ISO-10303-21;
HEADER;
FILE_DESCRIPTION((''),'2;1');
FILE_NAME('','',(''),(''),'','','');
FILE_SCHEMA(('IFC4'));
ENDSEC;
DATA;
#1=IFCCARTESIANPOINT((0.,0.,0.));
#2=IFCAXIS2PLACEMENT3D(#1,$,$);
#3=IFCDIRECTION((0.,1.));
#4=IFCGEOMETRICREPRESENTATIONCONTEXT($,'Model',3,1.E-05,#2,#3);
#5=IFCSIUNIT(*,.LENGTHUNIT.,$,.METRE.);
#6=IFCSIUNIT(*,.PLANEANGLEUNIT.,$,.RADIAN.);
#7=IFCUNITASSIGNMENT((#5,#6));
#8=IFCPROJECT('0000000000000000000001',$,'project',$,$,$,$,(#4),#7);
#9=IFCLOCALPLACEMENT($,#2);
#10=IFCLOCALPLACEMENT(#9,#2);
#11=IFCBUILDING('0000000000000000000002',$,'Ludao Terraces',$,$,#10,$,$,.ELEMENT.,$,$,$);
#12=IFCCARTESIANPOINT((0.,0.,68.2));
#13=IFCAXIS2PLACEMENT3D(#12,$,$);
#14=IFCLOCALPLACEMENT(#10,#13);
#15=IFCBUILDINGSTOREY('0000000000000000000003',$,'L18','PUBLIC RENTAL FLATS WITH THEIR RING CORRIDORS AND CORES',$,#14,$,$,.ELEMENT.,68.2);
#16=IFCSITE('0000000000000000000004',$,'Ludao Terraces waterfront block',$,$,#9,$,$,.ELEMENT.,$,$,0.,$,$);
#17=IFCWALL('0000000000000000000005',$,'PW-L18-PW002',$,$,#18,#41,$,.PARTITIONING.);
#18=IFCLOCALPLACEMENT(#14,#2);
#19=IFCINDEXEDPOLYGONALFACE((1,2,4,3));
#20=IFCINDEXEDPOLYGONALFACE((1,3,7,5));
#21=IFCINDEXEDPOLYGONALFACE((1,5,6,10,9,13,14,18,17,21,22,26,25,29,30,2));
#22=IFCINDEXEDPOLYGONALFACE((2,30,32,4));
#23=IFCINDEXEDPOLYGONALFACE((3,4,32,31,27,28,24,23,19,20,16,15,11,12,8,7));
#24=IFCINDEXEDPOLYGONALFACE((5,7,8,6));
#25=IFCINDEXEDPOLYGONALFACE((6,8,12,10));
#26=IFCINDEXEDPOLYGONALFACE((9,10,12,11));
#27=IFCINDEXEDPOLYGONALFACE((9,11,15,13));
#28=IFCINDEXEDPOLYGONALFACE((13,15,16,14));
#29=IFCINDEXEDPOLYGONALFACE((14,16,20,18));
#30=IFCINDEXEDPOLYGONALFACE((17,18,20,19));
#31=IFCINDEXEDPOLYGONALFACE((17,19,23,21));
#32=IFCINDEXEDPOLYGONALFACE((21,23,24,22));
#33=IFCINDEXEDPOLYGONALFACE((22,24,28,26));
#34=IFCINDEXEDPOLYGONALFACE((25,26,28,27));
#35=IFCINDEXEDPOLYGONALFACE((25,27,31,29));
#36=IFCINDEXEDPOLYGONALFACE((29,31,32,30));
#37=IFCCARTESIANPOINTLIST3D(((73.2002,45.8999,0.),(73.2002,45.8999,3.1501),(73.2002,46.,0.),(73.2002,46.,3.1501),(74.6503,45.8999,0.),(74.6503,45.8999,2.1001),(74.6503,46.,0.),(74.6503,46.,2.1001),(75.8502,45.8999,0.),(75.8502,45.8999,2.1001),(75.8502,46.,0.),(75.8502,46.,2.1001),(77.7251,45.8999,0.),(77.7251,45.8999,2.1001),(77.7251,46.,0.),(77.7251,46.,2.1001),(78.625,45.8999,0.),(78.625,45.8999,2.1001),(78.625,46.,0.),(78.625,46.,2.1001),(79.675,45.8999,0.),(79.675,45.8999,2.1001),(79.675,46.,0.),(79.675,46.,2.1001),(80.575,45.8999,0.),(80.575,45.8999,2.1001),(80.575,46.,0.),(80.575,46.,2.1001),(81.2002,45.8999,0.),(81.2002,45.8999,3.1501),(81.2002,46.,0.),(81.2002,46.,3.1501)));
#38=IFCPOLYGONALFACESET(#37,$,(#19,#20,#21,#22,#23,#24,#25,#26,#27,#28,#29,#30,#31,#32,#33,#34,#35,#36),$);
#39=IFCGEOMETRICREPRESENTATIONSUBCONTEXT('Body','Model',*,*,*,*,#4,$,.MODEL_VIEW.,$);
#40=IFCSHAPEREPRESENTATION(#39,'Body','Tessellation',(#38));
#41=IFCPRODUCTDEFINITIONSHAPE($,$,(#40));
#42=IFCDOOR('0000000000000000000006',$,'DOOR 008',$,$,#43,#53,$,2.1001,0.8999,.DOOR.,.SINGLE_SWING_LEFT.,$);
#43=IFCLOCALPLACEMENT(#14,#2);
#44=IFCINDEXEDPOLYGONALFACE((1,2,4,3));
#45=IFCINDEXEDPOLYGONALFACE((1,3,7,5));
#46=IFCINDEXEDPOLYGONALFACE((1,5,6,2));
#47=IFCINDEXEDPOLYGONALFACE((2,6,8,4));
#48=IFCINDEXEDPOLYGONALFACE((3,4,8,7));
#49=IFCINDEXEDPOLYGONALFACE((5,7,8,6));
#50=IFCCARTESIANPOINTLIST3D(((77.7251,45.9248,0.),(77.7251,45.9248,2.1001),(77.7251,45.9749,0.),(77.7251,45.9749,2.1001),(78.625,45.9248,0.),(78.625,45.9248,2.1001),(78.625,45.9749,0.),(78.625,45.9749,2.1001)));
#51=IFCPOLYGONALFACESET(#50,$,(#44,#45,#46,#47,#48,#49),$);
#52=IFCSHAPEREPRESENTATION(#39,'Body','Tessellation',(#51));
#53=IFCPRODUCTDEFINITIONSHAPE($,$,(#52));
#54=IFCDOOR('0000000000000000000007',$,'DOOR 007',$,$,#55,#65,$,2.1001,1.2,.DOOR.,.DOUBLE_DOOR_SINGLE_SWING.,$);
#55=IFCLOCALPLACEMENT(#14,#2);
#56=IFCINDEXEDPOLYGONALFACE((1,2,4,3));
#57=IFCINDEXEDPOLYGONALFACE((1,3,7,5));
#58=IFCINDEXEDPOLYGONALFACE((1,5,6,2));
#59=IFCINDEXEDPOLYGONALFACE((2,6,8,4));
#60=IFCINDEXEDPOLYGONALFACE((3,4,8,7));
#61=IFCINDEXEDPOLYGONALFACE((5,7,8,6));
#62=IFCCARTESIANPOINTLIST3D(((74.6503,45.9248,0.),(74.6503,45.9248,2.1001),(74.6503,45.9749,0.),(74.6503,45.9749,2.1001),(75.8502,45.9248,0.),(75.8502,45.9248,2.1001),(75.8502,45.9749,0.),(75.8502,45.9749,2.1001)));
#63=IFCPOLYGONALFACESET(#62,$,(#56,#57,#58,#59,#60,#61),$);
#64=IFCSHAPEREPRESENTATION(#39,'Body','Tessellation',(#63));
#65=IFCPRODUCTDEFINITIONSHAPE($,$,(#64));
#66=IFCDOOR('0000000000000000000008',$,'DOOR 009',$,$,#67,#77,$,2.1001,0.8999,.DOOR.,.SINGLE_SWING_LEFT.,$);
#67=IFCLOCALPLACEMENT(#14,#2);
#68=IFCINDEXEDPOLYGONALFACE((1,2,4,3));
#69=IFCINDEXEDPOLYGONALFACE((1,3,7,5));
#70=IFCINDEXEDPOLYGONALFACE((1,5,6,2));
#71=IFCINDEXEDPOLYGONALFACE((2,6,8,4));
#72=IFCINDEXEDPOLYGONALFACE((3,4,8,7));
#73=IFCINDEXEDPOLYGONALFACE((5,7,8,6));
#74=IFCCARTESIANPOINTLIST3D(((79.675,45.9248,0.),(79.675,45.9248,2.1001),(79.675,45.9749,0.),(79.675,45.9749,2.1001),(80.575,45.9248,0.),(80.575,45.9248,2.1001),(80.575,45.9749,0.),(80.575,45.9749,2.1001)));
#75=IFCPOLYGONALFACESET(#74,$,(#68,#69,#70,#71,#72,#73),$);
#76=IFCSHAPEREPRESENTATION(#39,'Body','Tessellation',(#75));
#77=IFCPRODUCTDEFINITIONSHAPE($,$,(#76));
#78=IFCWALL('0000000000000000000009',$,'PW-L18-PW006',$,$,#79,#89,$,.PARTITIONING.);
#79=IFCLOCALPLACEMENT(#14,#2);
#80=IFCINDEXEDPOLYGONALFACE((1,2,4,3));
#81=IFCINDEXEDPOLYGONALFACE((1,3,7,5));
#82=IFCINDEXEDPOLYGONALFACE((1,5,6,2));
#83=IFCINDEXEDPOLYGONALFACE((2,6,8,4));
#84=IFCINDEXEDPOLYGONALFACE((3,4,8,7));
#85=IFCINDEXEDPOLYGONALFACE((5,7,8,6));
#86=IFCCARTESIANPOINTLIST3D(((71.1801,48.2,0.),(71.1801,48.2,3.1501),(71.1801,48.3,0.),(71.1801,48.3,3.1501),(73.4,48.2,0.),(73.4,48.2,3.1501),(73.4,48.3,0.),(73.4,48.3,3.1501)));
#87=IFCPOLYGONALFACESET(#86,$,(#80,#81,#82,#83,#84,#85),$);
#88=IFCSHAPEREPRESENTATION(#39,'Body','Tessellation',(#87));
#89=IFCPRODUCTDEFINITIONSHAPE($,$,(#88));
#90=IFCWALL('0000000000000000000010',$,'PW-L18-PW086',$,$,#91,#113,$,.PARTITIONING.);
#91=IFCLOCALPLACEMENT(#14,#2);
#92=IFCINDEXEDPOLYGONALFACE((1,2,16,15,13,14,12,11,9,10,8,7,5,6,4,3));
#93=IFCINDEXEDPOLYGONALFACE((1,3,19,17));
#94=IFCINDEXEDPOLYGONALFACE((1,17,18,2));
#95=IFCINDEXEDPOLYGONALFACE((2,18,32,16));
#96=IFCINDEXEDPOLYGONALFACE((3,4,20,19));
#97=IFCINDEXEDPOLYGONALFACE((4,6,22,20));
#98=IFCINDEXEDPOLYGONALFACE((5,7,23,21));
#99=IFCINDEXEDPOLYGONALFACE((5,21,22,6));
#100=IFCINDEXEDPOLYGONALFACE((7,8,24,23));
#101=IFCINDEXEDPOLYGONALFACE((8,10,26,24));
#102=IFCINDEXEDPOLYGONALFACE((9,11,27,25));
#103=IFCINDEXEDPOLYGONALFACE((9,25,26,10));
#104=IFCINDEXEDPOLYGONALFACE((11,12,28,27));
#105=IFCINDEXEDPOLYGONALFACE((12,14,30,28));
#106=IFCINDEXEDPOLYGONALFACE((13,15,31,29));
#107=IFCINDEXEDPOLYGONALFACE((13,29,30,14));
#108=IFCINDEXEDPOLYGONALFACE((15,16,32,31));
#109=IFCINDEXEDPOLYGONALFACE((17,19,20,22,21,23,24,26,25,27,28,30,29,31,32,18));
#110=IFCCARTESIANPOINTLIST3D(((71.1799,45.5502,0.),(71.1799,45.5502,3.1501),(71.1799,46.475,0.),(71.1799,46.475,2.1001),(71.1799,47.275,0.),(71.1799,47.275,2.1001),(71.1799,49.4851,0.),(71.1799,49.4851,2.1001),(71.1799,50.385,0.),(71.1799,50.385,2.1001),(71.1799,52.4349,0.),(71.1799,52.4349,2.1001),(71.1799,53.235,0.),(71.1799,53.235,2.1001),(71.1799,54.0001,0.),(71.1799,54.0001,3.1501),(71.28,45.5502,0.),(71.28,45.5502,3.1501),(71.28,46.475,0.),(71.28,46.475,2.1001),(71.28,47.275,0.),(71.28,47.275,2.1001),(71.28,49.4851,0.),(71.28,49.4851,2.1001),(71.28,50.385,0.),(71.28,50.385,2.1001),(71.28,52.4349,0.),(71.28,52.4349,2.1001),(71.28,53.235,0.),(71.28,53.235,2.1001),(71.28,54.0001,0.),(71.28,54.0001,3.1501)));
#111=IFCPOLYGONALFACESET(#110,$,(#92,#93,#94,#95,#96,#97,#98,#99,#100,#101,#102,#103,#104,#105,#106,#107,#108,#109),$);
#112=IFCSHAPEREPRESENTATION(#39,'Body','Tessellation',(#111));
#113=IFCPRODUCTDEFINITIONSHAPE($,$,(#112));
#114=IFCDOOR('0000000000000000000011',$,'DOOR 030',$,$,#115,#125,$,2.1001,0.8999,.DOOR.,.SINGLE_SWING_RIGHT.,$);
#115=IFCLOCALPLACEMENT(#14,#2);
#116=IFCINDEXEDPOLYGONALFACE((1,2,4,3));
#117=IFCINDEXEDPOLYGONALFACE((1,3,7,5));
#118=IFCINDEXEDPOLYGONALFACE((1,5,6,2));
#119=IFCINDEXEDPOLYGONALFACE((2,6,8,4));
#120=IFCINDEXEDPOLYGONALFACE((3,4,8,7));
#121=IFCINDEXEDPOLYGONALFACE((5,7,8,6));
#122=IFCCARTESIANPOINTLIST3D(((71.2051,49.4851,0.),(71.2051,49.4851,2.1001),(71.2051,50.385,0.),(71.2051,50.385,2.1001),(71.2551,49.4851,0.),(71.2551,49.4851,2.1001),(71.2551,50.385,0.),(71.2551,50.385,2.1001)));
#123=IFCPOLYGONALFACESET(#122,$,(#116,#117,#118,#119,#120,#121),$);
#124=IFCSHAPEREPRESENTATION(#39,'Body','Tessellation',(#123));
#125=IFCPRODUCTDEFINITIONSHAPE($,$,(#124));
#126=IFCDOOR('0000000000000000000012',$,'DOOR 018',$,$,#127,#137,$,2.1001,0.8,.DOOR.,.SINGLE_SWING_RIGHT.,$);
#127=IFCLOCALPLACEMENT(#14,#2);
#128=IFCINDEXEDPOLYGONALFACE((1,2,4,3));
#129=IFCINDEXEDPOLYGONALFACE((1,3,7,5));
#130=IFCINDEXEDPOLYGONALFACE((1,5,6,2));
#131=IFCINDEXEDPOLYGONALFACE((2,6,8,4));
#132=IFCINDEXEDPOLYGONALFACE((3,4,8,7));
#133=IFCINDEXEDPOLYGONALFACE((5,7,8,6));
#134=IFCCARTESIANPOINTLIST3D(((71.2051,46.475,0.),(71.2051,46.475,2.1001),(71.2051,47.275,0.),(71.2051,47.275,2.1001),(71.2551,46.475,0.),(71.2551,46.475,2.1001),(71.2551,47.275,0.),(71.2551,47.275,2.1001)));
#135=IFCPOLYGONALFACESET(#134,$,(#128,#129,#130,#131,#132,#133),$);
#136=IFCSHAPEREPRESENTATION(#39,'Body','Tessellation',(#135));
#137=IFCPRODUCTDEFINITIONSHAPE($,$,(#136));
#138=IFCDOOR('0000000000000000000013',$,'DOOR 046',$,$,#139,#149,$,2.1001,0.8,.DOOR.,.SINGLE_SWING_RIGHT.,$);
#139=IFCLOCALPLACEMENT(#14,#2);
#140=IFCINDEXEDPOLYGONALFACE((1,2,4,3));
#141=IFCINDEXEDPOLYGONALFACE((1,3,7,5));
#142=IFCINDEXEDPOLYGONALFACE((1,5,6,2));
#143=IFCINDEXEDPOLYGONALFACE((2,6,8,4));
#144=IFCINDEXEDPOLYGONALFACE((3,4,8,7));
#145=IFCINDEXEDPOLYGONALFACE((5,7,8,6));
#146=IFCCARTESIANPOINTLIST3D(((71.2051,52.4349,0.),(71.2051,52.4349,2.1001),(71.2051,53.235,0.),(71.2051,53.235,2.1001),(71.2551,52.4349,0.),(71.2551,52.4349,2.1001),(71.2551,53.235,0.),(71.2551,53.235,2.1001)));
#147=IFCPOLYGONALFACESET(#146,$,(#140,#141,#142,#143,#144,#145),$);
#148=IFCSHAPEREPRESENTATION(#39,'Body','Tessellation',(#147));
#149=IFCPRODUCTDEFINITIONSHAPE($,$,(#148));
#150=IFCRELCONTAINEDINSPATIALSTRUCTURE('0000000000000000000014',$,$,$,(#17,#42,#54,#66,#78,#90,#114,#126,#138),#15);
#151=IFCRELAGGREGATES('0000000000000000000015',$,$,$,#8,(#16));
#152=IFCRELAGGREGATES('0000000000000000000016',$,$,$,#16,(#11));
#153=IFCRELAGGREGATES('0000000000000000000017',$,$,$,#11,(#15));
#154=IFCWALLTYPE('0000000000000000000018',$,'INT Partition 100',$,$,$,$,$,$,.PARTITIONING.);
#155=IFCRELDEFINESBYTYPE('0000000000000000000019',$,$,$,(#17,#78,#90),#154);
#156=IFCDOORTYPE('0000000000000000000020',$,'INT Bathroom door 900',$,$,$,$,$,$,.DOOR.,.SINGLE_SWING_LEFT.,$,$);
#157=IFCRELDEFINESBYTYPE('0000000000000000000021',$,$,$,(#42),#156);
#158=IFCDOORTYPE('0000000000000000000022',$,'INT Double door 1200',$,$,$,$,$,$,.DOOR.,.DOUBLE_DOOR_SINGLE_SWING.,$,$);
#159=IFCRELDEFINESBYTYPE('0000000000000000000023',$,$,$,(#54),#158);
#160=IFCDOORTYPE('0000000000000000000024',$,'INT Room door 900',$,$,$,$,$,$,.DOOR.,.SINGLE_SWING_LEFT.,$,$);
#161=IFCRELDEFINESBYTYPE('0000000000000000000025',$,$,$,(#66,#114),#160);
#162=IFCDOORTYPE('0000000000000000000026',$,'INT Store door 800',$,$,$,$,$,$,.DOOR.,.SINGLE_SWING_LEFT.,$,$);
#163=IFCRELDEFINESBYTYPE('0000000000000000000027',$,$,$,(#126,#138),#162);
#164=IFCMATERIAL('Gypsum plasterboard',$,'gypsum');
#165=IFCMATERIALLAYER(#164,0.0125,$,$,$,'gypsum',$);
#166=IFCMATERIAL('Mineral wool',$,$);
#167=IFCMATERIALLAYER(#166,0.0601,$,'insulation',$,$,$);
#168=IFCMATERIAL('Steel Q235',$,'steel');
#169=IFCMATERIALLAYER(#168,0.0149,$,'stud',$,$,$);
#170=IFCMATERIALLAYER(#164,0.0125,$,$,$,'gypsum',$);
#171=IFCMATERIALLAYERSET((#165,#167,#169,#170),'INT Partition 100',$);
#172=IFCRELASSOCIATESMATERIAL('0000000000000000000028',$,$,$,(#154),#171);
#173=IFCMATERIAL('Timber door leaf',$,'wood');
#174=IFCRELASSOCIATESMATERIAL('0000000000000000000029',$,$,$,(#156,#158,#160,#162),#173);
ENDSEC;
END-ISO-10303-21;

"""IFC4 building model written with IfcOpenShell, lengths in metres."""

from ifc_helpers import new_model, si_unit, direction, frame, frame_2d, origin, place, context, subcontext, project, spatial, rectangle, extrude, material, layer, layer_set, type_object, element, fill, save


model = new_model("IFC4")

# Units and contexts
model_context = context("Model", 3, precision=1e-05, world=origin(), true_north=direction((0.0, 1.0)))
body_context = subcontext(model_context, "Body", "Model", "MODEL_VIEW")
ifc_project = project(units=[si_unit("LENGTHUNIT", "METRE"), si_unit("PLANEANGLEUNIT", "RADIAN")], contexts=[model_context])

# Site, building, storey
site_placement = place(None, origin())
site = spatial("IfcSite", under=ifc_project, at=site_placement, Name="Ludao Terraces waterfront block", CompositionType="ELEMENT", RefElevation=0.0)
building_placement = place(site_placement, origin())
building = spatial("IfcBuilding", under=site, at=building_placement, Name="Ludao Terraces", CompositionType="ELEMENT")
storey_placement = place(building_placement, frame((0.0, 0.0, 68.2)))
storey = spatial("IfcBuildingStorey", under=building, at=storey_placement, Name="L18", Description="PUBLIC RENTAL FLATS WITH THEIR RING CORRIDORS AND CORES", CompositionType="ELEMENT", Elevation=68.2)

# Shared definitions
ifc_material_1 = material(Name="Mineral wool")

# Wall, openings, doors
ifc_material_2 = material(Name="Gypsum plasterboard", Category="gypsum")
ifc_layer_1 = layer(ifc_material_2, 0.0125, Category="gypsum")
ifc_layer_2 = layer(ifc_material_1, 0.0601, Name="insulation")
ifc_material_3 = material(Name="Steel Q235", Category="steel")
ifc_layer_3 = layer(ifc_material_3, 0.0149, Name="stud")
ifc_layer_4 = layer(ifc_material_2, 0.0125, Category="gypsum")
ifc_layer_set_1 = layer_set([ifc_layer_1, ifc_layer_2, ifc_layer_3, ifc_layer_4], Name="INT Partition 100")
wall_type_1 = type_object("IfcWallType", Name="INT Partition 100", PredefinedType="PARTITIONING", material=ifc_layer_set_1)
wall_1_placement = place(storey_placement, frame((73.2002, 45.95, 0.0), z_axis=(0.0, 0.0, 1.0), x_axis=(1.0, 0.0, 0.0)))
wall_1 = element("IfcWall", 1, at=wall_1_placement, inside=storey, type_object=wall_type_1, Name="PW-L18-PW002", PredefinedType="PARTITIONING", context=body_context, shape_type="SweptSolid", body=[
    extrude(rectangle(XDim=8.0, YDim=0.1001, at=frame_2d((4.0, 0.0))), origin(), (0.0, 0.0, 1.0), 3.1501),
])
opening_1_placement = place(wall_1_placement, frame((1.45, 0.0, 0.0)))
opening_1 = element("IfcOpeningElement", 2, at=opening_1_placement, cuts=wall_1, PredefinedType="OPENING", context=body_context, shape_type="SweptSolid", body=[
    extrude(rectangle(XDim=1.2, YDim=2.1001, at=frame_2d((0.6001, 1.05))), frame((0.0, 0.0601, 0.0), z_axis=(0.0, -1.0, 0.0), x_axis=(1.0, 0.0, 0.0)), (0.0, 0.0, 1.0), 0.1201),
])
opening_2_placement = place(wall_1_placement, frame((4.5249, 0.0, 0.0)))
opening_2 = element("IfcOpeningElement", 3, at=opening_2_placement, cuts=wall_1, PredefinedType="OPENING", context=body_context, shape_type="SweptSolid", body=[
    extrude(rectangle(XDim=0.8999, YDim=2.1001, at=frame_2d((0.45, 1.05))), frame((0.0, 0.0601, 0.0), z_axis=(0.0, -1.0, 0.0), x_axis=(1.0, 0.0, 0.0)), (0.0, 0.0, 1.0), 0.1201),
])
opening_3_placement = place(wall_1_placement, frame((6.4749, 0.0, 0.0)))
opening_3 = element("IfcOpeningElement", 4, at=opening_3_placement, cuts=wall_1, PredefinedType="OPENING", context=body_context, shape_type="SweptSolid", body=[
    extrude(rectangle(XDim=0.8999, YDim=2.1001, at=frame_2d((0.45, 1.05))), frame((0.0, 0.0601, 0.0), z_axis=(0.0, -1.0, 0.0), x_axis=(1.0, 0.0, 0.0)), (0.0, 0.0, 1.0), 0.1201),
])
ifc_material_4 = material(Name="Timber door leaf", Category="wood")
door_type_1 = type_object("IfcDoorType", Name="INT Bathroom door 900", OperationType="SINGLE_SWING_LEFT", PredefinedType="DOOR", material=ifc_material_4)
door_1_placement = place(opening_2_placement, origin())
door_1 = element("IfcDoor", 5, at=door_1_placement, inside=storey, type_object=door_type_1, Name="DOOR 008", OperationType="SINGLE_SWING_LEFT", OverallHeight=2.1001, OverallWidth=0.8999, PredefinedType="DOOR", context=body_context, shape_type="SweptSolid", body=[
    extrude(rectangle(XDim=0.8999, YDim=2.1001, at=frame_2d((0.45, 1.05))), frame((0.0, 0.0249, 0.0), z_axis=(0.0, -1.0, 0.0), x_axis=(1.0, 0.0, 0.0)), (0.0, 0.0, 1.0), 0.05),
])
fill(opening_2, door_1)
door_type_2 = type_object("IfcDoorType", Name="INT Double door 1200", OperationType="DOUBLE_DOOR_SINGLE_SWING", PredefinedType="DOOR", material=ifc_material_4)
door_2_placement = place(opening_1_placement, origin())
door_2 = element("IfcDoor", 6, at=door_2_placement, inside=storey, type_object=door_type_2, Name="DOOR 007", OperationType="DOUBLE_DOOR_SINGLE_SWING", OverallHeight=2.1001, OverallWidth=1.2, PredefinedType="DOOR", context=body_context, shape_type="SweptSolid", body=[
    extrude(rectangle(XDim=1.2, YDim=2.1001, at=frame_2d((0.6001, 1.05))), frame((0.0, 0.0249, 0.0), z_axis=(0.0, -1.0, 0.0), x_axis=(1.0, 0.0, 0.0)), (0.0, 0.0, 1.0), 0.05),
])
fill(opening_1, door_2)
door_type_3 = type_object("IfcDoorType", Name="INT Room door 900", OperationType="SINGLE_SWING_LEFT", PredefinedType="DOOR", material=ifc_material_4)
door_3_placement = place(opening_3_placement, origin())
door_3 = element("IfcDoor", 7, at=door_3_placement, inside=storey, type_object=door_type_3, Name="DOOR 009", OperationType="SINGLE_SWING_LEFT", OverallHeight=2.1001, OverallWidth=0.8999, PredefinedType="DOOR", context=body_context, shape_type="SweptSolid", body=[
    extrude(rectangle(XDim=0.8999, YDim=2.1001, at=frame_2d((0.45, 1.05))), frame((0.0, 0.0249, 0.0), z_axis=(0.0, -1.0, 0.0), x_axis=(1.0, 0.0, 0.0)), (0.0, 0.0, 1.0), 0.05),
])
fill(opening_3, door_3)

# Wall
wall_2_placement = place(storey_placement, frame((71.1802, 48.25, 0.0), z_axis=(0.0, 0.0, 1.0), x_axis=(1.0, 0.0, 0.0)))
element("IfcWall", 8, at=wall_2_placement, inside=storey, type_object=wall_type_1, Name="PW-L18-PW006", PredefinedType="PARTITIONING", context=body_context, shape_type="SweptSolid", body=[
    extrude(rectangle(XDim=2.22, YDim=0.1001, at=frame_2d((1.1099, 0.0))), origin(), (0.0, 0.0, 1.0), 3.1501),
])

# Wall, openings, doors
wall_3_placement = place(storey_placement, frame((71.23, 45.55, 0.0), z_axis=(0.0, 0.0, 1.0), x_axis=(0.0, 1.0, 0.0)))
wall_3 = element("IfcWall", 9, at=wall_3_placement, inside=storey, type_object=wall_type_1, Name="PW-L18-PW086", PredefinedType="PARTITIONING", context=body_context, shape_type="SweptSolid", body=[
    extrude(rectangle(XDim=8.45, YDim=0.1001, at=frame_2d((4.2251, 0.0))), origin(), (0.0, 0.0, 1.0), 3.1501),
])
opening_4_placement = place(wall_3_placement, frame((0.925, 0.0, 0.0)))
opening_4 = element("IfcOpeningElement", 10, at=opening_4_placement, cuts=wall_3, PredefinedType="OPENING", context=body_context, shape_type="SweptSolid", body=[
    extrude(rectangle(XDim=0.8, YDim=2.1001, at=frame_2d((0.3999, 1.05))), frame((0.0, 0.0601, 0.0), z_axis=(0.0, -1.0, 0.0), x_axis=(1.0, 0.0, 0.0)), (0.0, 0.0, 1.0), 0.1201),
])
opening_5_placement = place(wall_3_placement, frame((3.9351, 0.0, 0.0)))
opening_5 = element("IfcOpeningElement", 11, at=opening_5_placement, cuts=wall_3, PredefinedType="OPENING", context=body_context, shape_type="SweptSolid", body=[
    extrude(rectangle(XDim=0.8999, YDim=2.1001, at=frame_2d((0.45, 1.05))), frame((0.0, 0.0601, 0.0), z_axis=(0.0, -1.0, 0.0), x_axis=(1.0, 0.0, 0.0)), (0.0, 0.0, 1.0), 0.1201),
])
opening_6_placement = place(wall_3_placement, frame((6.885, 0.0, 0.0)))
opening_6 = element("IfcOpeningElement", 12, at=opening_6_placement, cuts=wall_3, PredefinedType="OPENING", context=body_context, shape_type="SweptSolid", body=[
    extrude(rectangle(XDim=0.8, YDim=2.1001, at=frame_2d((0.3999, 1.05))), frame((0.0, 0.0601, 0.0), z_axis=(0.0, -1.0, 0.0), x_axis=(1.0, 0.0, 0.0)), (0.0, 0.0, 1.0), 0.1201),
])
door_4_placement = place(opening_5_placement, origin())
door_4 = element("IfcDoor", 13, at=door_4_placement, inside=storey, type_object=door_type_3, Name="DOOR 030", OperationType="SINGLE_SWING_RIGHT", OverallHeight=2.1001, OverallWidth=0.8999, PredefinedType="DOOR", context=body_context, shape_type="SweptSolid", body=[
    extrude(rectangle(XDim=0.8999, YDim=2.1001, at=frame_2d((0.45, 1.05))), frame((0.0, 0.0249, 0.0), z_axis=(0.0, -1.0, 0.0), x_axis=(1.0, 0.0, 0.0)), (0.0, 0.0, 1.0), 0.05),
])
fill(opening_5, door_4)
door_type_4 = type_object("IfcDoorType", Name="INT Store door 800", OperationType="SINGLE_SWING_LEFT", PredefinedType="DOOR", material=ifc_material_4)
door_5_placement = place(opening_4_placement, origin())
door_5 = element("IfcDoor", 14, at=door_5_placement, inside=storey, type_object=door_type_4, Name="DOOR 018", OperationType="SINGLE_SWING_RIGHT", OverallHeight=2.1001, OverallWidth=0.8, PredefinedType="DOOR", context=body_context, shape_type="SweptSolid", body=[
    extrude(rectangle(XDim=0.8, YDim=2.1001, at=frame_2d((0.3999, 1.05))), frame((0.0, 0.0249, 0.0), z_axis=(0.0, -1.0, 0.0), x_axis=(1.0, 0.0, 0.0)), (0.0, 0.0, 1.0), 0.05),
])
fill(opening_4, door_5)
door_6_placement = place(opening_6_placement, origin())
door_6 = element("IfcDoor", 15, at=door_6_placement, inside=storey, type_object=door_type_4, Name="DOOR 046", OperationType="SINGLE_SWING_RIGHT", OverallHeight=2.1001, OverallWidth=0.8, PredefinedType="DOOR", context=body_context, shape_type="SweptSolid", body=[
    extrude(rectangle(XDim=0.8, YDim=2.1001, at=frame_2d((0.3999, 1.05))), frame((0.0, 0.0249, 0.0), z_axis=(0.0, -1.0, 0.0), x_axis=(1.0, 0.0, 0.0)), (0.0, 0.0, 1.0), 0.05),
])
fill(opening_6, door_6)

save(model, "model.ifc")
